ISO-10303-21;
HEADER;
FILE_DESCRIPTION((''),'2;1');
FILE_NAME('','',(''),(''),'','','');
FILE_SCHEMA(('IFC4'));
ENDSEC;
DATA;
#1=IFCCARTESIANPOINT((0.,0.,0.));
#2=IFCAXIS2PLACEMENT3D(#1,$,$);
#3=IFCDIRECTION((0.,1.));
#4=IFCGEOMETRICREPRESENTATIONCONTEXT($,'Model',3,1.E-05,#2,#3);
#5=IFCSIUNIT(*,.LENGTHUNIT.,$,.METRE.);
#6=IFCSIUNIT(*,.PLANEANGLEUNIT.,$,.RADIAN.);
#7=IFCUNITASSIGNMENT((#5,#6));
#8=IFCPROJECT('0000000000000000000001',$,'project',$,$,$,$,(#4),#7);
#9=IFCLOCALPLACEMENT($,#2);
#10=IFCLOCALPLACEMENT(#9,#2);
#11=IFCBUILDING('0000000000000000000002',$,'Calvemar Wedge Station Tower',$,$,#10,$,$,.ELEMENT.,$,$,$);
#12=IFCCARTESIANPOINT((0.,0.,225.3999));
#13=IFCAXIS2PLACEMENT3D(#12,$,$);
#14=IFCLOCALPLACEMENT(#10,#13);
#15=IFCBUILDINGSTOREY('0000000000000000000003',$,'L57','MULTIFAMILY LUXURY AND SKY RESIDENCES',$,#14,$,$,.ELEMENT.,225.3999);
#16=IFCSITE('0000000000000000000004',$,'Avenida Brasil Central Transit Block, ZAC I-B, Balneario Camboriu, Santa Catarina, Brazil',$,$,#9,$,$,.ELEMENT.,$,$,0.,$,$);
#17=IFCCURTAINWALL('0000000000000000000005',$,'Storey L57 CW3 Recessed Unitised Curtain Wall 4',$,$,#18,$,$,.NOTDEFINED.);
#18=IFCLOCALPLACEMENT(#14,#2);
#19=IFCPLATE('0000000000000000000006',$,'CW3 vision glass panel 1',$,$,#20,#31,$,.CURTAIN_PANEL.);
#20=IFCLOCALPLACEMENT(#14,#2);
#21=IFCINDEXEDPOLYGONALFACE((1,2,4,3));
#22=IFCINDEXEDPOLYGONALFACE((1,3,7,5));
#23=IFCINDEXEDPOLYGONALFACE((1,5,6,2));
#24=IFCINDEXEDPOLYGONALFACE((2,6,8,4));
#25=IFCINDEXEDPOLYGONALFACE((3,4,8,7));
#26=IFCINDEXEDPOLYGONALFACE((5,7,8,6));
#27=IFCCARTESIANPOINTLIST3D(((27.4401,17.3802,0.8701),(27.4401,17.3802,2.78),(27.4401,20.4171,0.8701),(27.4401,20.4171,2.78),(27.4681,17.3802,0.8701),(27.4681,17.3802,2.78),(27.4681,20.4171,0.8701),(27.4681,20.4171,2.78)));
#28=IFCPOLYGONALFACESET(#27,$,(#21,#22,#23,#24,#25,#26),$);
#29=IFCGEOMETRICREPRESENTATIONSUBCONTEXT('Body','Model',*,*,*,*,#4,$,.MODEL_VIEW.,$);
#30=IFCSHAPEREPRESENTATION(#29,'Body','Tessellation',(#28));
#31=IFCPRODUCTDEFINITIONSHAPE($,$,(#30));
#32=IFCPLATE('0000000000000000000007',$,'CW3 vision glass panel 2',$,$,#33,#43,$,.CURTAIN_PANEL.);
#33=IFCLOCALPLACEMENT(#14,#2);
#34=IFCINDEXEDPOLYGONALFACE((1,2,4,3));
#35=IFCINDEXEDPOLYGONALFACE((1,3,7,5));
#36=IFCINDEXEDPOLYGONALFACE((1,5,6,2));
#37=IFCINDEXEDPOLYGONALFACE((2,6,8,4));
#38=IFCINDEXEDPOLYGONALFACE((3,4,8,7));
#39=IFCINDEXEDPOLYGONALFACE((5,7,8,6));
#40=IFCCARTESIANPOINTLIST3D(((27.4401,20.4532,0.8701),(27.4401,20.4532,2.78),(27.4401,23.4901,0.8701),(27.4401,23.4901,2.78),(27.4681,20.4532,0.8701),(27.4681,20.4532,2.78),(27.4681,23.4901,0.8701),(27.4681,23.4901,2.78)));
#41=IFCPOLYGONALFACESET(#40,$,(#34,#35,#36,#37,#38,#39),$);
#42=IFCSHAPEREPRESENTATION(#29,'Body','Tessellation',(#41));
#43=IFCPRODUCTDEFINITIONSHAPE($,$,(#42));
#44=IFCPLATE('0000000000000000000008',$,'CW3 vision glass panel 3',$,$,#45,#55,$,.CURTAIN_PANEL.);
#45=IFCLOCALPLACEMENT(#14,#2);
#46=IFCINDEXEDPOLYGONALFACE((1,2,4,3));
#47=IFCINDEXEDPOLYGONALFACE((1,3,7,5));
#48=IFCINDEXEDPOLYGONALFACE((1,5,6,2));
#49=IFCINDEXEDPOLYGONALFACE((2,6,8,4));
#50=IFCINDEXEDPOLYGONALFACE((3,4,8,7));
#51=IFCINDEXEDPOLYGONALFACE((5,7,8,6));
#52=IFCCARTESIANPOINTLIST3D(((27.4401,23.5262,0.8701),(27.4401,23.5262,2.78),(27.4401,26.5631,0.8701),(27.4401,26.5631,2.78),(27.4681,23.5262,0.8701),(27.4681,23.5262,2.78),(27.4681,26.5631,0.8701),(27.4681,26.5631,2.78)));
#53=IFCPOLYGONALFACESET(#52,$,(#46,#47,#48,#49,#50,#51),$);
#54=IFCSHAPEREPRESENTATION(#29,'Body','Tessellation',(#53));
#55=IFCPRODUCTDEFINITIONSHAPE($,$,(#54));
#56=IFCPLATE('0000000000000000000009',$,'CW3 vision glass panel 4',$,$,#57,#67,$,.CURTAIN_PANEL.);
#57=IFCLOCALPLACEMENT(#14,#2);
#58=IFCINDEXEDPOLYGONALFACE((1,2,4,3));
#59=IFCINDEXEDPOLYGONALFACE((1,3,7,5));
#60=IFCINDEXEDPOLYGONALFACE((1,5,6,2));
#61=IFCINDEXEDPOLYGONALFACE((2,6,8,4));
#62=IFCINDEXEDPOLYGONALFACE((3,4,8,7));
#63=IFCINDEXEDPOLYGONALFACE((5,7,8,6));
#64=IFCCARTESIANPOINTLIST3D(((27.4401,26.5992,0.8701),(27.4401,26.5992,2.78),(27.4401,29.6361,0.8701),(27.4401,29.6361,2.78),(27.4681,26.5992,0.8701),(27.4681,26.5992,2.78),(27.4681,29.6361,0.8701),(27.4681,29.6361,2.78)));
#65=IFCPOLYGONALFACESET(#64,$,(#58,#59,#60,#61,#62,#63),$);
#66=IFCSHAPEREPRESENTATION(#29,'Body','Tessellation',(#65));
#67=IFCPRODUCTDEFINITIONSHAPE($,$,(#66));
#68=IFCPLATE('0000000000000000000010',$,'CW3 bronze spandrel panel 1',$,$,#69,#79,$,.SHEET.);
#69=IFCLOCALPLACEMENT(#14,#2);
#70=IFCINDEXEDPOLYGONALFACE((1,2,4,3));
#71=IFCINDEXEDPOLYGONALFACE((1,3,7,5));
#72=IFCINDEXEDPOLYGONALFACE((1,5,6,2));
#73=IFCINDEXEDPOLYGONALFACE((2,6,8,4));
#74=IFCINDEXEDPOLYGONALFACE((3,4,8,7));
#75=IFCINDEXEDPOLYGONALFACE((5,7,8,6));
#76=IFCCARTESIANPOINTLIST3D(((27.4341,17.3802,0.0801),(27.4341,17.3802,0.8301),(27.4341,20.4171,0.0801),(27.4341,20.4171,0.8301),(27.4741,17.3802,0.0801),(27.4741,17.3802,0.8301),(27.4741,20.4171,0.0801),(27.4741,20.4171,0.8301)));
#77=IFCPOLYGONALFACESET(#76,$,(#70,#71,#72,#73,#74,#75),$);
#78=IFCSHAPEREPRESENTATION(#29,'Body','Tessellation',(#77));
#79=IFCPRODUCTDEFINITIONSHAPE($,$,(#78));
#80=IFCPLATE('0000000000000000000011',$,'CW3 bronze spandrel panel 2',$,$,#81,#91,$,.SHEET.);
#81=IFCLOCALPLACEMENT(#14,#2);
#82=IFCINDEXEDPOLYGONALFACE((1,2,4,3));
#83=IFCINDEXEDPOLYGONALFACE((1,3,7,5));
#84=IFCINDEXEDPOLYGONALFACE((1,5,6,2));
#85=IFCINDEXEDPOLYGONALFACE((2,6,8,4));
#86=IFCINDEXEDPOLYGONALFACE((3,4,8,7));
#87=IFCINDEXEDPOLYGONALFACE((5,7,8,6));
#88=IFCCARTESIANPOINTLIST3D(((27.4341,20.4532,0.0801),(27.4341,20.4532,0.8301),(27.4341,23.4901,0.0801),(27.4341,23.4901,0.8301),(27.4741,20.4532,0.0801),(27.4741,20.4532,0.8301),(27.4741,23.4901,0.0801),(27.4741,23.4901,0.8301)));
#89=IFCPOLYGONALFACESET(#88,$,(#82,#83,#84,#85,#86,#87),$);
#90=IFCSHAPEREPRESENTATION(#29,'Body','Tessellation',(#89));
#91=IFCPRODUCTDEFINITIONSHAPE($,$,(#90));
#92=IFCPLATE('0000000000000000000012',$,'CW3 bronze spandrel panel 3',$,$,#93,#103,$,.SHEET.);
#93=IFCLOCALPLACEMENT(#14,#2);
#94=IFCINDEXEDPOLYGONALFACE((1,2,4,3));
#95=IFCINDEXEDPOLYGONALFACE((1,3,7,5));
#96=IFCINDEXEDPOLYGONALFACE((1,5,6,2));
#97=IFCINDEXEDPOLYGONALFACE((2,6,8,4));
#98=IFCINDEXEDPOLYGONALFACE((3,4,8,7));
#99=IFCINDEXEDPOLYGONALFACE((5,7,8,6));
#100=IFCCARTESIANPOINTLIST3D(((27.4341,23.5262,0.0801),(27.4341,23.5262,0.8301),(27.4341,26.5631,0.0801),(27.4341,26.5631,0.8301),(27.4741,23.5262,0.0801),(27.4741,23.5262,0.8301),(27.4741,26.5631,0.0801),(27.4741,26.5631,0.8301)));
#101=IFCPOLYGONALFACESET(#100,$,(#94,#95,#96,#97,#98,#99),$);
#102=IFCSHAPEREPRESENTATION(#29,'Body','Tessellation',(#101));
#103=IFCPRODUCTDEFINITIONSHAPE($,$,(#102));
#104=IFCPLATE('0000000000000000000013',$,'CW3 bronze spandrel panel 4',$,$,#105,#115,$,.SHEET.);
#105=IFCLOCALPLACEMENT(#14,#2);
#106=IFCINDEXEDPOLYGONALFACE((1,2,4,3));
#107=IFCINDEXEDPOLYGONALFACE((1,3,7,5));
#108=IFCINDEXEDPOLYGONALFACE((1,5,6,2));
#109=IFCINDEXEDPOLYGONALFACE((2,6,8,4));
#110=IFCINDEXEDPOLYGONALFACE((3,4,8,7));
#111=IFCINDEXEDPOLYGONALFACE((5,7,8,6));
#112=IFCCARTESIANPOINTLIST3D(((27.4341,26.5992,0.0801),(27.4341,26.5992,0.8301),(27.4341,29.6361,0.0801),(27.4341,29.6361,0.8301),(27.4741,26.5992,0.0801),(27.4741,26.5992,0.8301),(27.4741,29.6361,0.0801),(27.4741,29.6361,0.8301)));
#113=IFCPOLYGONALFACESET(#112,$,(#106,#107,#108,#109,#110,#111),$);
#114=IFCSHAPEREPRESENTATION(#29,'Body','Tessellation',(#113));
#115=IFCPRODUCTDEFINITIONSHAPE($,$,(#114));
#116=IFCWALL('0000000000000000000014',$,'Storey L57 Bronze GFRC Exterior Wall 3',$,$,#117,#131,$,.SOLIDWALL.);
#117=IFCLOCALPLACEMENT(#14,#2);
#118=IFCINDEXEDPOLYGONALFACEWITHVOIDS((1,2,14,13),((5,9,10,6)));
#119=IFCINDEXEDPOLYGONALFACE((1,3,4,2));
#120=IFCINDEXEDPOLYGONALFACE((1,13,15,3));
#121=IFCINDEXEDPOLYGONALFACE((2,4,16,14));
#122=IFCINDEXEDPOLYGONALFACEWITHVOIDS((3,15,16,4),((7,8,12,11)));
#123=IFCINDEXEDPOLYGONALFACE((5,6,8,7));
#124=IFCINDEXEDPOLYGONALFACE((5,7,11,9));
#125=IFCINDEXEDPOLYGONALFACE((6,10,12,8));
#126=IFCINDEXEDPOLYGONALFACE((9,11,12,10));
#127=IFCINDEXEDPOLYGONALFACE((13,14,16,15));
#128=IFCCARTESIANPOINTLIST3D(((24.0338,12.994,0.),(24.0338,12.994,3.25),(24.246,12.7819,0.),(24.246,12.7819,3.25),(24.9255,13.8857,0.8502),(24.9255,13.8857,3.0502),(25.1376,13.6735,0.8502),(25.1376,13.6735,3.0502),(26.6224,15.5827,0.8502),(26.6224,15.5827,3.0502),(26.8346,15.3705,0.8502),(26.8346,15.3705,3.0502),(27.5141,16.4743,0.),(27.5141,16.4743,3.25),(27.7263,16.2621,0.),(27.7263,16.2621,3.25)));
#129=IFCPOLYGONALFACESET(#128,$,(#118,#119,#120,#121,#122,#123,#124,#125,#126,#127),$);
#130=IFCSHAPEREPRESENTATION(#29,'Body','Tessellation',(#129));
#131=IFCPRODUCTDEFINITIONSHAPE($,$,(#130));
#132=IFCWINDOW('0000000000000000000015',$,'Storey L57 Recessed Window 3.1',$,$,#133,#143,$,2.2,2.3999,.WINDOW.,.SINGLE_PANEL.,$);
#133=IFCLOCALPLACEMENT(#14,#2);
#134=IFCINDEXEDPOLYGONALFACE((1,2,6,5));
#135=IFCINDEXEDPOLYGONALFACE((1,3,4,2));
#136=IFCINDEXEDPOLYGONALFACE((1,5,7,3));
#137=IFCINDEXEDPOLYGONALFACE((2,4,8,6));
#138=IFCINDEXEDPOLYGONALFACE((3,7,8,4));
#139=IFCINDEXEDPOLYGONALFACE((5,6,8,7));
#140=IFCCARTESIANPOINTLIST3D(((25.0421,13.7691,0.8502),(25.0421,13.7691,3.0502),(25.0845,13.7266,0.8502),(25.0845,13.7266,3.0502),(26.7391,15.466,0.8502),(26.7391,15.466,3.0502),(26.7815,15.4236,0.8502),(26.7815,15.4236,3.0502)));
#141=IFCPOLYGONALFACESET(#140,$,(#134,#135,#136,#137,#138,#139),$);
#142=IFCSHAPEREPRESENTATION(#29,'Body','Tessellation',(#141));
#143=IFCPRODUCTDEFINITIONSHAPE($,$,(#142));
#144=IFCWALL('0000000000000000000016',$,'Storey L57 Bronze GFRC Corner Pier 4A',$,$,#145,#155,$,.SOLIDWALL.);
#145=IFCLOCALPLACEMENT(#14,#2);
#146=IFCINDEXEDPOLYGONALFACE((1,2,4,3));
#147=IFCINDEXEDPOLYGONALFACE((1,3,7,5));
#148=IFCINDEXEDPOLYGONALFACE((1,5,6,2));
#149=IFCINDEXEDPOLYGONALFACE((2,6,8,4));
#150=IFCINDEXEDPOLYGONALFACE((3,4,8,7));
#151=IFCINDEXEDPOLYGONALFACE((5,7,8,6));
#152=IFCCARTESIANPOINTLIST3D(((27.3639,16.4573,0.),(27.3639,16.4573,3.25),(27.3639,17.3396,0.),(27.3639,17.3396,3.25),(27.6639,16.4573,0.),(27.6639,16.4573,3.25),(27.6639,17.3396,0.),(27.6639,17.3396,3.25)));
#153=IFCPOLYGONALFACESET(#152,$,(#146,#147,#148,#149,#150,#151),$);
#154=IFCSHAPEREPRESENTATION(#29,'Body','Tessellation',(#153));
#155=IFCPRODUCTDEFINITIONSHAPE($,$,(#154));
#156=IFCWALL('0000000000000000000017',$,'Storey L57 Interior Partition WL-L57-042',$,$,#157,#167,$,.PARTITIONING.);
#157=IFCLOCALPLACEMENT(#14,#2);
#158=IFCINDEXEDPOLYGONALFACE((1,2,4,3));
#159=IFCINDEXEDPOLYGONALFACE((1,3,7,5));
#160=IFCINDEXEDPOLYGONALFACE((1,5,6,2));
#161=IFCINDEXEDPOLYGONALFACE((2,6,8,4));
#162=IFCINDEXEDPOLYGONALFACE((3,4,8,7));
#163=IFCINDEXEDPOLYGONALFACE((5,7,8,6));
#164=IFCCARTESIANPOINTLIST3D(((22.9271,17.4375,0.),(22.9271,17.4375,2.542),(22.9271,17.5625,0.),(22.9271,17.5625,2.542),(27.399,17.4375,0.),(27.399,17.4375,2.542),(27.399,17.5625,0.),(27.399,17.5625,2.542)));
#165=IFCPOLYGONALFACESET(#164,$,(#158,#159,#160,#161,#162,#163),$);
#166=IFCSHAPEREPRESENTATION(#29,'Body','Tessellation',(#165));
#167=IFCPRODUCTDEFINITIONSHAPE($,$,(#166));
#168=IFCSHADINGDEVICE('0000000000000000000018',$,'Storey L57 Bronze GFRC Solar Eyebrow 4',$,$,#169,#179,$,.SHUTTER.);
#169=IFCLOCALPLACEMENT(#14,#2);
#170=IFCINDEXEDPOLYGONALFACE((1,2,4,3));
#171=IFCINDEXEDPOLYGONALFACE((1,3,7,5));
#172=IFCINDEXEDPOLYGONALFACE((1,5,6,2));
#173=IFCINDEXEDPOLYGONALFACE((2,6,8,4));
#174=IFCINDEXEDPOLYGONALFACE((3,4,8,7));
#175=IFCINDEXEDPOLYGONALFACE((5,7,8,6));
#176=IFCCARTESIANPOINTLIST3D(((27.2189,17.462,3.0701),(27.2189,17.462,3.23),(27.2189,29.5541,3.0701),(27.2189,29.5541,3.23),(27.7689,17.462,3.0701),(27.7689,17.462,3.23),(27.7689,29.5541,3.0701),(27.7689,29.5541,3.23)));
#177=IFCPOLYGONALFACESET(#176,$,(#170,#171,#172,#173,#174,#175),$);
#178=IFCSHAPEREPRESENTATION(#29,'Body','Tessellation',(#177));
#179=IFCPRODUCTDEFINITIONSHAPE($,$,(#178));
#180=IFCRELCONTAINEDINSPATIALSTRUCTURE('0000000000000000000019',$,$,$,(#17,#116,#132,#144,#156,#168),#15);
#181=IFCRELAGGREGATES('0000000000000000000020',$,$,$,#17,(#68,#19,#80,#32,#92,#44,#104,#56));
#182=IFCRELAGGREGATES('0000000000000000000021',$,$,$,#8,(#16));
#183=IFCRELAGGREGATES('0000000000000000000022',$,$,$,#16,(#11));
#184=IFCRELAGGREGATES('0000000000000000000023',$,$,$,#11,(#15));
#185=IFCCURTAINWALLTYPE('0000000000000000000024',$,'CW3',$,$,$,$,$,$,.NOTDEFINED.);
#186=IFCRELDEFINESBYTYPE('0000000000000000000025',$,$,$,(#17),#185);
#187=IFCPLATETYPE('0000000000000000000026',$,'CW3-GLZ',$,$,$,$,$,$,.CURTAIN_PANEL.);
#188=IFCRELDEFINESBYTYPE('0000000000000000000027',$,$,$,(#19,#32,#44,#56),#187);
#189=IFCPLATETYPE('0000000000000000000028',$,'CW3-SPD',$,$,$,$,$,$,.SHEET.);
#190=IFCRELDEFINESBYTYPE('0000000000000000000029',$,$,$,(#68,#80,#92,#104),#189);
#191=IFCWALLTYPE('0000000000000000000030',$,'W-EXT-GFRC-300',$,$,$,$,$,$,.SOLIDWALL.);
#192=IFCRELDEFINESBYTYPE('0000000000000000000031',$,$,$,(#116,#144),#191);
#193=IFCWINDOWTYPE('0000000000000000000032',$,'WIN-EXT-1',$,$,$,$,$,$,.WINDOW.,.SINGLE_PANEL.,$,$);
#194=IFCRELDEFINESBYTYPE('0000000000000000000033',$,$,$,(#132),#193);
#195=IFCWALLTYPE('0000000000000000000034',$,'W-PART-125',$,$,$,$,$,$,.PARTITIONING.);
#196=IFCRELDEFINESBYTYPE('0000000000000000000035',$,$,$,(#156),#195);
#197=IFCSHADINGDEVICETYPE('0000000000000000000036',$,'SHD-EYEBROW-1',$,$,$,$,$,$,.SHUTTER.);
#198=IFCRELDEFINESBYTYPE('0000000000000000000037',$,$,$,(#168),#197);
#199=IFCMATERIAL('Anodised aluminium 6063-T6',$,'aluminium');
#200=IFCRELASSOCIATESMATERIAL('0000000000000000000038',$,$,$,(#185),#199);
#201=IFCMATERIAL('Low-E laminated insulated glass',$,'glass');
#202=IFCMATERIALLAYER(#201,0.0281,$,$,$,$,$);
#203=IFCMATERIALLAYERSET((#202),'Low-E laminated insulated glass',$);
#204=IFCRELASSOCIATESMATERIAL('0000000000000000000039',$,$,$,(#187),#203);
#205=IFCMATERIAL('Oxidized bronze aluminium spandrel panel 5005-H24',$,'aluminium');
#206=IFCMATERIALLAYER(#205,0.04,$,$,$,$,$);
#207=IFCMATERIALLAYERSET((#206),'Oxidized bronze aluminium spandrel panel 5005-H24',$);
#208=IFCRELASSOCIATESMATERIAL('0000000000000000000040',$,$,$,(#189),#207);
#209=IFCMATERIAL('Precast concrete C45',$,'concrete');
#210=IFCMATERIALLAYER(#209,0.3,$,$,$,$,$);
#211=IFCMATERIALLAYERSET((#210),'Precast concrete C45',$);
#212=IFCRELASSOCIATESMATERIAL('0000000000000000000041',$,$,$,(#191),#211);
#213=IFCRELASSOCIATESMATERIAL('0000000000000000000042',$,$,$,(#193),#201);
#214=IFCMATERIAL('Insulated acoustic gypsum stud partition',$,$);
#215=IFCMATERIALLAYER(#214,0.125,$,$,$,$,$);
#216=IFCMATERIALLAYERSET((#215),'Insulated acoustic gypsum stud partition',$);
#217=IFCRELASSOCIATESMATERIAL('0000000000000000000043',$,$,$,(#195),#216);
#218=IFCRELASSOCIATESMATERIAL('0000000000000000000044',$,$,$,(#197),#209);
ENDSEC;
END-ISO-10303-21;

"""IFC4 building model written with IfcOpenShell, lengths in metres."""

from ifc_helpers import new_model, si_unit, direction, frame, frame_2d, origin, place, context, subcontext, project, spatial, rectangle, extrude, source, transform, mapped, material, layer, layer_set, type_object, element, fill, aggregate, save


model = new_model("IFC4")

# Units and contexts
model_context = context("Model", 3, precision=1e-05, world=origin(), true_north=direction((0.0, 1.0)))
body_context = subcontext(model_context, "Body", "Model", "MODEL_VIEW")
ifc_project = project(units=[si_unit("LENGTHUNIT", "METRE"), si_unit("PLANEANGLEUNIT", "RADIAN")], contexts=[model_context])

# Site, building, storey
site_placement = place(None, origin())
site = spatial("IfcSite", under=ifc_project, at=site_placement, Name="Avenida Brasil Central Transit Block, ZAC I-B, Balneario Camboriu, Santa Catarina, Brazil", CompositionType="ELEMENT", RefElevation=0.0)
building_placement = place(site_placement, origin())
building = spatial("IfcBuilding", under=site, at=building_placement, Name="Calvemar Wedge Station Tower", CompositionType="ELEMENT")
storey_placement = place(building_placement, frame((0.0, 0.0, 225.3999)))
storey = spatial("IfcBuildingStorey", under=building, at=storey_placement, Name="L57", Description="MULTIFAMILY LUXURY AND SKY RESIDENCES", CompositionType="ELEMENT", Elevation=225.3999)

# Curtain wall, plates
ifc_material_1 = material(Name="Anodised aluminium 6063-T6", Category="aluminium")
curtain_wall_type = type_object("IfcCurtainWallType", Name="CW3", PredefinedType="NOTDEFINED", material=ifc_material_1)
curtain_wall_placement = place(storey_placement, origin())
curtain_wall = element("IfcCurtainWall", 1, at=curtain_wall_placement, inside=storey, type_object=curtain_wall_type, Name="Storey L57 CW3 Recessed Unitised Curtain Wall 4", PredefinedType="NOTDEFINED")
ifc_material_2 = material(Name="Low-E laminated insulated glass", Category="glass")
ifc_layer_1 = layer(ifc_material_2, 0.0281)
ifc_layer_set_1 = layer_set([ifc_layer_1], Name="Low-E laminated insulated glass")
plate_type_1 = type_object("IfcPlateType", Name="CW3-GLZ", PredefinedType="CURTAIN_PANEL", material=ifc_layer_set_1)
plate_1_placement = place(storey_placement, frame((27.4541, 17.3801, 0.8701), z_axis=(0.0, 0.0, 1.0), x_axis=(0.0, 1.0, 0.0)))
plate_1 = element("IfcPlate", 2, at=plate_1_placement, type_object=plate_type_1, Name="CW3 vision glass panel 1", PredefinedType="CURTAIN_PANEL", context=body_context, shape_type="SweptSolid", body=[
    extrude(rectangle(XDim=3.0369, YDim=0.0281, at=frame_2d((1.5186, 0.0))), origin(), (0.0, 0.0, 1.0), 1.9099),
])
plate_2_placement = place(storey_placement, frame((27.4541, 20.4531, 0.8701), z_axis=(0.0, 0.0, 1.0), x_axis=(0.0, 1.0, 0.0)))
plate_2 = element("IfcPlate", 3, at=plate_2_placement, type_object=plate_type_1, Name="CW3 vision glass panel 2", PredefinedType="CURTAIN_PANEL", context=body_context, shape_type="SweptSolid", body=[
    extrude(rectangle(XDim=3.0369, YDim=0.0281, at=frame_2d((1.5186, 0.0))), origin(), (0.0, 0.0, 1.0), 1.9099),
])
plate_3_placement = place(storey_placement, frame((27.4541, 23.5261, 0.8701), z_axis=(0.0, 0.0, 1.0), x_axis=(0.0, 1.0, 0.0)))
plate_3 = element("IfcPlate", 4, at=plate_3_placement, type_object=plate_type_1, Name="CW3 vision glass panel 3", PredefinedType="CURTAIN_PANEL", context=body_context, shape_type="SweptSolid", body=[
    extrude(rectangle(XDim=3.0369, YDim=0.0281, at=frame_2d((1.5186, 0.0))), origin(), (0.0, 0.0, 1.0), 1.9099),
])
plate_4_placement = place(storey_placement, frame((27.4541, 26.5991, 0.8701), z_axis=(0.0, 0.0, 1.0), x_axis=(0.0, 1.0, 0.0)))
plate_4 = element("IfcPlate", 5, at=plate_4_placement, type_object=plate_type_1, Name="CW3 vision glass panel 4", PredefinedType="CURTAIN_PANEL", context=body_context, shape_type="SweptSolid", body=[
    extrude(rectangle(XDim=3.0369, YDim=0.0281, at=frame_2d((1.5186, 0.0))), origin(), (0.0, 0.0, 1.0), 1.9099),
])
ifc_material_3 = material(Name="Oxidized bronze aluminium spandrel panel 5005-H24", Category="aluminium")
ifc_layer_2 = layer(ifc_material_3, 0.04)
ifc_layer_set_2 = layer_set([ifc_layer_2], Name="Oxidized bronze aluminium spandrel panel 5005-H24")
plate_type_2 = type_object("IfcPlateType", Name="CW3-SPD", PredefinedType="SHEET", material=ifc_layer_set_2)
plate_5_placement = place(storey_placement, frame((27.4541, 17.3801, 0.0801), z_axis=(0.0, 0.0, 1.0), x_axis=(0.0, 1.0, 0.0)))
plate_5 = element("IfcPlate", 6, at=plate_5_placement, type_object=plate_type_2, Name="CW3 bronze spandrel panel 1", PredefinedType="SHEET", context=body_context, shape_type="SweptSolid", body=[
    extrude(rectangle(XDim=3.0369, YDim=0.04, at=frame_2d((1.5186, 0.0))), origin(), (0.0, 0.0, 1.0), 0.75),
])
plate_6_placement = place(storey_placement, frame((27.4541, 20.4531, 0.0801), z_axis=(0.0, 0.0, 1.0), x_axis=(0.0, 1.0, 0.0)))
plate_6 = element("IfcPlate", 7, at=plate_6_placement, type_object=plate_type_2, Name="CW3 bronze spandrel panel 2", PredefinedType="SHEET", context=body_context, shape_type="SweptSolid", body=[
    extrude(rectangle(XDim=3.0369, YDim=0.04, at=frame_2d((1.5186, 0.0))), origin(), (0.0, 0.0, 1.0), 0.75),
])
plate_7_placement = place(storey_placement, frame((27.4541, 23.5261, 0.0801), z_axis=(0.0, 0.0, 1.0), x_axis=(0.0, 1.0, 0.0)))
plate_7 = element("IfcPlate", 8, at=plate_7_placement, type_object=plate_type_2, Name="CW3 bronze spandrel panel 3", PredefinedType="SHEET", context=body_context, shape_type="SweptSolid", body=[
    extrude(rectangle(XDim=3.0369, YDim=0.04, at=frame_2d((1.5186, 0.0))), origin(), (0.0, 0.0, 1.0), 0.75),
])
plate_8_placement = place(storey_placement, frame((27.4541, 26.5991, 0.0801), z_axis=(0.0, 0.0, 1.0), x_axis=(0.0, 1.0, 0.0)))
plate_8 = element("IfcPlate", 9, at=plate_8_placement, type_object=plate_type_2, Name="CW3 bronze spandrel panel 4", PredefinedType="SHEET", context=body_context, shape_type="SweptSolid", body=[
    extrude(rectangle(XDim=3.0369, YDim=0.04, at=frame_2d((1.5186, 0.0))), origin(), (0.0, 0.0, 1.0), 0.75),
])
aggregate(curtain_wall, [plate_5, plate_1, plate_6, plate_2, plate_7, plate_3, plate_8, plate_4])

# Wall, opening, window
ifc_material_4 = material(Name="Precast concrete C45", Category="concrete")
ifc_layer_3 = layer(ifc_material_4, 0.3)
ifc_layer_set_3 = layer_set([ifc_layer_3], Name="Precast concrete C45")
wall_type_1 = type_object("IfcWallType", Name="W-EXT-GFRC-300", PredefinedType="SOLIDWALL", material=ifc_layer_set_3)
wall_1_placement = place(storey_placement, frame((24.1399, 12.8879, 0.0), z_axis=(0.0, 0.0, 1.0), x_axis=(0.707107, 0.707107, 0.0)))
wall_1 = element("IfcWall", 10, at=wall_1_placement, inside=storey, type_object=wall_type_1, Name="Storey L57 Bronze GFRC Exterior Wall 3", PredefinedType="SOLIDWALL", context=body_context, shape_type="SweptSolid", body=[
    extrude(rectangle(XDim=4.9219, YDim=0.3, at=frame_2d((2.4609, 0.0))), origin(), (0.0, 0.0, 1.0), 3.25),
])
shared_shape_1 = source(origin(), body_context, "Body", "SweptSolid", [
    extrude(rectangle(XDim=2.3999, YDim=2.2, at=frame_2d((1.2, 1.1001))), frame((0.0, 0.1602, 0.0), z_axis=(0.0, -1.0, 0.0), x_axis=(1.0, 0.0, 0.0)), (0.0, 0.0, 1.0), 0.3201),
])
opening_placement = place(wall_1_placement, frame((1.261, 0.0, 0.8501)))
opening = element("IfcOpeningElement", 11, at=opening_placement, cuts=wall_1, PredefinedType="OPENING", context=body_context, shape_type="MappedRepresentation", body=[
    mapped(shared_shape_1, transform((0.0, 0.0, 0.0), scale=1.0)),
])
window_type = type_object("IfcWindowType", Name="WIN-EXT-1", PartitioningType="SINGLE_PANEL", PredefinedType="WINDOW", material=ifc_material_2)
shared_shape_2 = source(origin(), body_context, "Body", "SweptSolid", [
    extrude(rectangle(XDim=2.3999, YDim=2.2, at=frame_2d((1.2, 1.1001))), frame((0.0, -0.0149, 0.0), z_axis=(0.0, -1.0, 0.0), x_axis=(1.0, 0.0, 0.0)), (0.0, 0.0, 1.0), 0.0601),
])
window_placement = place(opening_placement, origin())
window = element("IfcWindow", 12, at=window_placement, inside=storey, type_object=window_type, Name="Storey L57 Recessed Window 3.1", OverallHeight=2.2, OverallWidth=2.3999, PartitioningType="SINGLE_PANEL", PredefinedType="WINDOW", context=body_context, shape_type="MappedRepresentation", body=[
    mapped(shared_shape_2, transform((0.0, 0.0, 0.0), scale=1.0)),
])
fill(opening, window)

# Walls
wall_2_placement = place(storey_placement, frame((27.5139, 16.4573, 0.0), z_axis=(0.0, 0.0, 1.0), x_axis=(0.0, 1.0, 0.0)))
element("IfcWall", 13, at=wall_2_placement, inside=storey, type_object=wall_type_1, Name="Storey L57 Bronze GFRC Corner Pier 4A", PredefinedType="SOLIDWALL", context=body_context, shape_type="SweptSolid", body=[
    extrude(rectangle(XDim=0.8823, YDim=0.3, at=frame_2d((0.4412, 0.0))), origin(), (0.0, 0.0, 1.0), 3.25),
])
ifc_material_5 = material(Name="Insulated acoustic gypsum stud partition")
ifc_layer_4 = layer(ifc_material_5, 0.125)
ifc_layer_set_4 = layer_set([ifc_layer_4], Name="Insulated acoustic gypsum stud partition")
wall_type_2 = type_object("IfcWallType", Name="W-PART-125", PredefinedType="PARTITIONING", material=ifc_layer_set_4)
wall_3_placement = place(storey_placement, frame((27.3989, 17.5, 0.0), z_axis=(0.0, 0.0, 1.0), x_axis=(-1.0, 0.0, 0.0)))
element("IfcWall", 14, at=wall_3_placement, inside=storey, type_object=wall_type_2, Name="Storey L57 Interior Partition WL-L57-042", PredefinedType="PARTITIONING", context=body_context, shape_type="SweptSolid", body=[
    extrude(rectangle(XDim=4.4719, YDim=0.125, at=frame_2d((2.2358, 0.0))), origin(), (0.0, 0.0, 1.0), 2.542),
])

# Shading device
shading_device_type = type_object("IfcShadingDeviceType", Name="SHD-EYEBROW-1", PredefinedType="SHUTTER", material=ifc_material_4)
shading_device_placement = place(storey_placement, frame((27.4939, 17.4622, 3.0701), z_axis=(0.0, 0.0, 1.0), x_axis=(0.0, 1.0, 0.0)))
element("IfcShadingDevice", 15, at=shading_device_placement, inside=storey, type_object=shading_device_type, Name="Storey L57 Bronze GFRC Solar Eyebrow 4", PredefinedType="SHUTTER", context=body_context, shape_type="SweptSolid", body=[
    extrude(rectangle(XDim=12.092, YDim=0.55, at=frame_2d((6.0459, 0.0))), origin(), (0.0, 0.0, 1.0), 0.1599),
])

save(model, "model.ifc")
